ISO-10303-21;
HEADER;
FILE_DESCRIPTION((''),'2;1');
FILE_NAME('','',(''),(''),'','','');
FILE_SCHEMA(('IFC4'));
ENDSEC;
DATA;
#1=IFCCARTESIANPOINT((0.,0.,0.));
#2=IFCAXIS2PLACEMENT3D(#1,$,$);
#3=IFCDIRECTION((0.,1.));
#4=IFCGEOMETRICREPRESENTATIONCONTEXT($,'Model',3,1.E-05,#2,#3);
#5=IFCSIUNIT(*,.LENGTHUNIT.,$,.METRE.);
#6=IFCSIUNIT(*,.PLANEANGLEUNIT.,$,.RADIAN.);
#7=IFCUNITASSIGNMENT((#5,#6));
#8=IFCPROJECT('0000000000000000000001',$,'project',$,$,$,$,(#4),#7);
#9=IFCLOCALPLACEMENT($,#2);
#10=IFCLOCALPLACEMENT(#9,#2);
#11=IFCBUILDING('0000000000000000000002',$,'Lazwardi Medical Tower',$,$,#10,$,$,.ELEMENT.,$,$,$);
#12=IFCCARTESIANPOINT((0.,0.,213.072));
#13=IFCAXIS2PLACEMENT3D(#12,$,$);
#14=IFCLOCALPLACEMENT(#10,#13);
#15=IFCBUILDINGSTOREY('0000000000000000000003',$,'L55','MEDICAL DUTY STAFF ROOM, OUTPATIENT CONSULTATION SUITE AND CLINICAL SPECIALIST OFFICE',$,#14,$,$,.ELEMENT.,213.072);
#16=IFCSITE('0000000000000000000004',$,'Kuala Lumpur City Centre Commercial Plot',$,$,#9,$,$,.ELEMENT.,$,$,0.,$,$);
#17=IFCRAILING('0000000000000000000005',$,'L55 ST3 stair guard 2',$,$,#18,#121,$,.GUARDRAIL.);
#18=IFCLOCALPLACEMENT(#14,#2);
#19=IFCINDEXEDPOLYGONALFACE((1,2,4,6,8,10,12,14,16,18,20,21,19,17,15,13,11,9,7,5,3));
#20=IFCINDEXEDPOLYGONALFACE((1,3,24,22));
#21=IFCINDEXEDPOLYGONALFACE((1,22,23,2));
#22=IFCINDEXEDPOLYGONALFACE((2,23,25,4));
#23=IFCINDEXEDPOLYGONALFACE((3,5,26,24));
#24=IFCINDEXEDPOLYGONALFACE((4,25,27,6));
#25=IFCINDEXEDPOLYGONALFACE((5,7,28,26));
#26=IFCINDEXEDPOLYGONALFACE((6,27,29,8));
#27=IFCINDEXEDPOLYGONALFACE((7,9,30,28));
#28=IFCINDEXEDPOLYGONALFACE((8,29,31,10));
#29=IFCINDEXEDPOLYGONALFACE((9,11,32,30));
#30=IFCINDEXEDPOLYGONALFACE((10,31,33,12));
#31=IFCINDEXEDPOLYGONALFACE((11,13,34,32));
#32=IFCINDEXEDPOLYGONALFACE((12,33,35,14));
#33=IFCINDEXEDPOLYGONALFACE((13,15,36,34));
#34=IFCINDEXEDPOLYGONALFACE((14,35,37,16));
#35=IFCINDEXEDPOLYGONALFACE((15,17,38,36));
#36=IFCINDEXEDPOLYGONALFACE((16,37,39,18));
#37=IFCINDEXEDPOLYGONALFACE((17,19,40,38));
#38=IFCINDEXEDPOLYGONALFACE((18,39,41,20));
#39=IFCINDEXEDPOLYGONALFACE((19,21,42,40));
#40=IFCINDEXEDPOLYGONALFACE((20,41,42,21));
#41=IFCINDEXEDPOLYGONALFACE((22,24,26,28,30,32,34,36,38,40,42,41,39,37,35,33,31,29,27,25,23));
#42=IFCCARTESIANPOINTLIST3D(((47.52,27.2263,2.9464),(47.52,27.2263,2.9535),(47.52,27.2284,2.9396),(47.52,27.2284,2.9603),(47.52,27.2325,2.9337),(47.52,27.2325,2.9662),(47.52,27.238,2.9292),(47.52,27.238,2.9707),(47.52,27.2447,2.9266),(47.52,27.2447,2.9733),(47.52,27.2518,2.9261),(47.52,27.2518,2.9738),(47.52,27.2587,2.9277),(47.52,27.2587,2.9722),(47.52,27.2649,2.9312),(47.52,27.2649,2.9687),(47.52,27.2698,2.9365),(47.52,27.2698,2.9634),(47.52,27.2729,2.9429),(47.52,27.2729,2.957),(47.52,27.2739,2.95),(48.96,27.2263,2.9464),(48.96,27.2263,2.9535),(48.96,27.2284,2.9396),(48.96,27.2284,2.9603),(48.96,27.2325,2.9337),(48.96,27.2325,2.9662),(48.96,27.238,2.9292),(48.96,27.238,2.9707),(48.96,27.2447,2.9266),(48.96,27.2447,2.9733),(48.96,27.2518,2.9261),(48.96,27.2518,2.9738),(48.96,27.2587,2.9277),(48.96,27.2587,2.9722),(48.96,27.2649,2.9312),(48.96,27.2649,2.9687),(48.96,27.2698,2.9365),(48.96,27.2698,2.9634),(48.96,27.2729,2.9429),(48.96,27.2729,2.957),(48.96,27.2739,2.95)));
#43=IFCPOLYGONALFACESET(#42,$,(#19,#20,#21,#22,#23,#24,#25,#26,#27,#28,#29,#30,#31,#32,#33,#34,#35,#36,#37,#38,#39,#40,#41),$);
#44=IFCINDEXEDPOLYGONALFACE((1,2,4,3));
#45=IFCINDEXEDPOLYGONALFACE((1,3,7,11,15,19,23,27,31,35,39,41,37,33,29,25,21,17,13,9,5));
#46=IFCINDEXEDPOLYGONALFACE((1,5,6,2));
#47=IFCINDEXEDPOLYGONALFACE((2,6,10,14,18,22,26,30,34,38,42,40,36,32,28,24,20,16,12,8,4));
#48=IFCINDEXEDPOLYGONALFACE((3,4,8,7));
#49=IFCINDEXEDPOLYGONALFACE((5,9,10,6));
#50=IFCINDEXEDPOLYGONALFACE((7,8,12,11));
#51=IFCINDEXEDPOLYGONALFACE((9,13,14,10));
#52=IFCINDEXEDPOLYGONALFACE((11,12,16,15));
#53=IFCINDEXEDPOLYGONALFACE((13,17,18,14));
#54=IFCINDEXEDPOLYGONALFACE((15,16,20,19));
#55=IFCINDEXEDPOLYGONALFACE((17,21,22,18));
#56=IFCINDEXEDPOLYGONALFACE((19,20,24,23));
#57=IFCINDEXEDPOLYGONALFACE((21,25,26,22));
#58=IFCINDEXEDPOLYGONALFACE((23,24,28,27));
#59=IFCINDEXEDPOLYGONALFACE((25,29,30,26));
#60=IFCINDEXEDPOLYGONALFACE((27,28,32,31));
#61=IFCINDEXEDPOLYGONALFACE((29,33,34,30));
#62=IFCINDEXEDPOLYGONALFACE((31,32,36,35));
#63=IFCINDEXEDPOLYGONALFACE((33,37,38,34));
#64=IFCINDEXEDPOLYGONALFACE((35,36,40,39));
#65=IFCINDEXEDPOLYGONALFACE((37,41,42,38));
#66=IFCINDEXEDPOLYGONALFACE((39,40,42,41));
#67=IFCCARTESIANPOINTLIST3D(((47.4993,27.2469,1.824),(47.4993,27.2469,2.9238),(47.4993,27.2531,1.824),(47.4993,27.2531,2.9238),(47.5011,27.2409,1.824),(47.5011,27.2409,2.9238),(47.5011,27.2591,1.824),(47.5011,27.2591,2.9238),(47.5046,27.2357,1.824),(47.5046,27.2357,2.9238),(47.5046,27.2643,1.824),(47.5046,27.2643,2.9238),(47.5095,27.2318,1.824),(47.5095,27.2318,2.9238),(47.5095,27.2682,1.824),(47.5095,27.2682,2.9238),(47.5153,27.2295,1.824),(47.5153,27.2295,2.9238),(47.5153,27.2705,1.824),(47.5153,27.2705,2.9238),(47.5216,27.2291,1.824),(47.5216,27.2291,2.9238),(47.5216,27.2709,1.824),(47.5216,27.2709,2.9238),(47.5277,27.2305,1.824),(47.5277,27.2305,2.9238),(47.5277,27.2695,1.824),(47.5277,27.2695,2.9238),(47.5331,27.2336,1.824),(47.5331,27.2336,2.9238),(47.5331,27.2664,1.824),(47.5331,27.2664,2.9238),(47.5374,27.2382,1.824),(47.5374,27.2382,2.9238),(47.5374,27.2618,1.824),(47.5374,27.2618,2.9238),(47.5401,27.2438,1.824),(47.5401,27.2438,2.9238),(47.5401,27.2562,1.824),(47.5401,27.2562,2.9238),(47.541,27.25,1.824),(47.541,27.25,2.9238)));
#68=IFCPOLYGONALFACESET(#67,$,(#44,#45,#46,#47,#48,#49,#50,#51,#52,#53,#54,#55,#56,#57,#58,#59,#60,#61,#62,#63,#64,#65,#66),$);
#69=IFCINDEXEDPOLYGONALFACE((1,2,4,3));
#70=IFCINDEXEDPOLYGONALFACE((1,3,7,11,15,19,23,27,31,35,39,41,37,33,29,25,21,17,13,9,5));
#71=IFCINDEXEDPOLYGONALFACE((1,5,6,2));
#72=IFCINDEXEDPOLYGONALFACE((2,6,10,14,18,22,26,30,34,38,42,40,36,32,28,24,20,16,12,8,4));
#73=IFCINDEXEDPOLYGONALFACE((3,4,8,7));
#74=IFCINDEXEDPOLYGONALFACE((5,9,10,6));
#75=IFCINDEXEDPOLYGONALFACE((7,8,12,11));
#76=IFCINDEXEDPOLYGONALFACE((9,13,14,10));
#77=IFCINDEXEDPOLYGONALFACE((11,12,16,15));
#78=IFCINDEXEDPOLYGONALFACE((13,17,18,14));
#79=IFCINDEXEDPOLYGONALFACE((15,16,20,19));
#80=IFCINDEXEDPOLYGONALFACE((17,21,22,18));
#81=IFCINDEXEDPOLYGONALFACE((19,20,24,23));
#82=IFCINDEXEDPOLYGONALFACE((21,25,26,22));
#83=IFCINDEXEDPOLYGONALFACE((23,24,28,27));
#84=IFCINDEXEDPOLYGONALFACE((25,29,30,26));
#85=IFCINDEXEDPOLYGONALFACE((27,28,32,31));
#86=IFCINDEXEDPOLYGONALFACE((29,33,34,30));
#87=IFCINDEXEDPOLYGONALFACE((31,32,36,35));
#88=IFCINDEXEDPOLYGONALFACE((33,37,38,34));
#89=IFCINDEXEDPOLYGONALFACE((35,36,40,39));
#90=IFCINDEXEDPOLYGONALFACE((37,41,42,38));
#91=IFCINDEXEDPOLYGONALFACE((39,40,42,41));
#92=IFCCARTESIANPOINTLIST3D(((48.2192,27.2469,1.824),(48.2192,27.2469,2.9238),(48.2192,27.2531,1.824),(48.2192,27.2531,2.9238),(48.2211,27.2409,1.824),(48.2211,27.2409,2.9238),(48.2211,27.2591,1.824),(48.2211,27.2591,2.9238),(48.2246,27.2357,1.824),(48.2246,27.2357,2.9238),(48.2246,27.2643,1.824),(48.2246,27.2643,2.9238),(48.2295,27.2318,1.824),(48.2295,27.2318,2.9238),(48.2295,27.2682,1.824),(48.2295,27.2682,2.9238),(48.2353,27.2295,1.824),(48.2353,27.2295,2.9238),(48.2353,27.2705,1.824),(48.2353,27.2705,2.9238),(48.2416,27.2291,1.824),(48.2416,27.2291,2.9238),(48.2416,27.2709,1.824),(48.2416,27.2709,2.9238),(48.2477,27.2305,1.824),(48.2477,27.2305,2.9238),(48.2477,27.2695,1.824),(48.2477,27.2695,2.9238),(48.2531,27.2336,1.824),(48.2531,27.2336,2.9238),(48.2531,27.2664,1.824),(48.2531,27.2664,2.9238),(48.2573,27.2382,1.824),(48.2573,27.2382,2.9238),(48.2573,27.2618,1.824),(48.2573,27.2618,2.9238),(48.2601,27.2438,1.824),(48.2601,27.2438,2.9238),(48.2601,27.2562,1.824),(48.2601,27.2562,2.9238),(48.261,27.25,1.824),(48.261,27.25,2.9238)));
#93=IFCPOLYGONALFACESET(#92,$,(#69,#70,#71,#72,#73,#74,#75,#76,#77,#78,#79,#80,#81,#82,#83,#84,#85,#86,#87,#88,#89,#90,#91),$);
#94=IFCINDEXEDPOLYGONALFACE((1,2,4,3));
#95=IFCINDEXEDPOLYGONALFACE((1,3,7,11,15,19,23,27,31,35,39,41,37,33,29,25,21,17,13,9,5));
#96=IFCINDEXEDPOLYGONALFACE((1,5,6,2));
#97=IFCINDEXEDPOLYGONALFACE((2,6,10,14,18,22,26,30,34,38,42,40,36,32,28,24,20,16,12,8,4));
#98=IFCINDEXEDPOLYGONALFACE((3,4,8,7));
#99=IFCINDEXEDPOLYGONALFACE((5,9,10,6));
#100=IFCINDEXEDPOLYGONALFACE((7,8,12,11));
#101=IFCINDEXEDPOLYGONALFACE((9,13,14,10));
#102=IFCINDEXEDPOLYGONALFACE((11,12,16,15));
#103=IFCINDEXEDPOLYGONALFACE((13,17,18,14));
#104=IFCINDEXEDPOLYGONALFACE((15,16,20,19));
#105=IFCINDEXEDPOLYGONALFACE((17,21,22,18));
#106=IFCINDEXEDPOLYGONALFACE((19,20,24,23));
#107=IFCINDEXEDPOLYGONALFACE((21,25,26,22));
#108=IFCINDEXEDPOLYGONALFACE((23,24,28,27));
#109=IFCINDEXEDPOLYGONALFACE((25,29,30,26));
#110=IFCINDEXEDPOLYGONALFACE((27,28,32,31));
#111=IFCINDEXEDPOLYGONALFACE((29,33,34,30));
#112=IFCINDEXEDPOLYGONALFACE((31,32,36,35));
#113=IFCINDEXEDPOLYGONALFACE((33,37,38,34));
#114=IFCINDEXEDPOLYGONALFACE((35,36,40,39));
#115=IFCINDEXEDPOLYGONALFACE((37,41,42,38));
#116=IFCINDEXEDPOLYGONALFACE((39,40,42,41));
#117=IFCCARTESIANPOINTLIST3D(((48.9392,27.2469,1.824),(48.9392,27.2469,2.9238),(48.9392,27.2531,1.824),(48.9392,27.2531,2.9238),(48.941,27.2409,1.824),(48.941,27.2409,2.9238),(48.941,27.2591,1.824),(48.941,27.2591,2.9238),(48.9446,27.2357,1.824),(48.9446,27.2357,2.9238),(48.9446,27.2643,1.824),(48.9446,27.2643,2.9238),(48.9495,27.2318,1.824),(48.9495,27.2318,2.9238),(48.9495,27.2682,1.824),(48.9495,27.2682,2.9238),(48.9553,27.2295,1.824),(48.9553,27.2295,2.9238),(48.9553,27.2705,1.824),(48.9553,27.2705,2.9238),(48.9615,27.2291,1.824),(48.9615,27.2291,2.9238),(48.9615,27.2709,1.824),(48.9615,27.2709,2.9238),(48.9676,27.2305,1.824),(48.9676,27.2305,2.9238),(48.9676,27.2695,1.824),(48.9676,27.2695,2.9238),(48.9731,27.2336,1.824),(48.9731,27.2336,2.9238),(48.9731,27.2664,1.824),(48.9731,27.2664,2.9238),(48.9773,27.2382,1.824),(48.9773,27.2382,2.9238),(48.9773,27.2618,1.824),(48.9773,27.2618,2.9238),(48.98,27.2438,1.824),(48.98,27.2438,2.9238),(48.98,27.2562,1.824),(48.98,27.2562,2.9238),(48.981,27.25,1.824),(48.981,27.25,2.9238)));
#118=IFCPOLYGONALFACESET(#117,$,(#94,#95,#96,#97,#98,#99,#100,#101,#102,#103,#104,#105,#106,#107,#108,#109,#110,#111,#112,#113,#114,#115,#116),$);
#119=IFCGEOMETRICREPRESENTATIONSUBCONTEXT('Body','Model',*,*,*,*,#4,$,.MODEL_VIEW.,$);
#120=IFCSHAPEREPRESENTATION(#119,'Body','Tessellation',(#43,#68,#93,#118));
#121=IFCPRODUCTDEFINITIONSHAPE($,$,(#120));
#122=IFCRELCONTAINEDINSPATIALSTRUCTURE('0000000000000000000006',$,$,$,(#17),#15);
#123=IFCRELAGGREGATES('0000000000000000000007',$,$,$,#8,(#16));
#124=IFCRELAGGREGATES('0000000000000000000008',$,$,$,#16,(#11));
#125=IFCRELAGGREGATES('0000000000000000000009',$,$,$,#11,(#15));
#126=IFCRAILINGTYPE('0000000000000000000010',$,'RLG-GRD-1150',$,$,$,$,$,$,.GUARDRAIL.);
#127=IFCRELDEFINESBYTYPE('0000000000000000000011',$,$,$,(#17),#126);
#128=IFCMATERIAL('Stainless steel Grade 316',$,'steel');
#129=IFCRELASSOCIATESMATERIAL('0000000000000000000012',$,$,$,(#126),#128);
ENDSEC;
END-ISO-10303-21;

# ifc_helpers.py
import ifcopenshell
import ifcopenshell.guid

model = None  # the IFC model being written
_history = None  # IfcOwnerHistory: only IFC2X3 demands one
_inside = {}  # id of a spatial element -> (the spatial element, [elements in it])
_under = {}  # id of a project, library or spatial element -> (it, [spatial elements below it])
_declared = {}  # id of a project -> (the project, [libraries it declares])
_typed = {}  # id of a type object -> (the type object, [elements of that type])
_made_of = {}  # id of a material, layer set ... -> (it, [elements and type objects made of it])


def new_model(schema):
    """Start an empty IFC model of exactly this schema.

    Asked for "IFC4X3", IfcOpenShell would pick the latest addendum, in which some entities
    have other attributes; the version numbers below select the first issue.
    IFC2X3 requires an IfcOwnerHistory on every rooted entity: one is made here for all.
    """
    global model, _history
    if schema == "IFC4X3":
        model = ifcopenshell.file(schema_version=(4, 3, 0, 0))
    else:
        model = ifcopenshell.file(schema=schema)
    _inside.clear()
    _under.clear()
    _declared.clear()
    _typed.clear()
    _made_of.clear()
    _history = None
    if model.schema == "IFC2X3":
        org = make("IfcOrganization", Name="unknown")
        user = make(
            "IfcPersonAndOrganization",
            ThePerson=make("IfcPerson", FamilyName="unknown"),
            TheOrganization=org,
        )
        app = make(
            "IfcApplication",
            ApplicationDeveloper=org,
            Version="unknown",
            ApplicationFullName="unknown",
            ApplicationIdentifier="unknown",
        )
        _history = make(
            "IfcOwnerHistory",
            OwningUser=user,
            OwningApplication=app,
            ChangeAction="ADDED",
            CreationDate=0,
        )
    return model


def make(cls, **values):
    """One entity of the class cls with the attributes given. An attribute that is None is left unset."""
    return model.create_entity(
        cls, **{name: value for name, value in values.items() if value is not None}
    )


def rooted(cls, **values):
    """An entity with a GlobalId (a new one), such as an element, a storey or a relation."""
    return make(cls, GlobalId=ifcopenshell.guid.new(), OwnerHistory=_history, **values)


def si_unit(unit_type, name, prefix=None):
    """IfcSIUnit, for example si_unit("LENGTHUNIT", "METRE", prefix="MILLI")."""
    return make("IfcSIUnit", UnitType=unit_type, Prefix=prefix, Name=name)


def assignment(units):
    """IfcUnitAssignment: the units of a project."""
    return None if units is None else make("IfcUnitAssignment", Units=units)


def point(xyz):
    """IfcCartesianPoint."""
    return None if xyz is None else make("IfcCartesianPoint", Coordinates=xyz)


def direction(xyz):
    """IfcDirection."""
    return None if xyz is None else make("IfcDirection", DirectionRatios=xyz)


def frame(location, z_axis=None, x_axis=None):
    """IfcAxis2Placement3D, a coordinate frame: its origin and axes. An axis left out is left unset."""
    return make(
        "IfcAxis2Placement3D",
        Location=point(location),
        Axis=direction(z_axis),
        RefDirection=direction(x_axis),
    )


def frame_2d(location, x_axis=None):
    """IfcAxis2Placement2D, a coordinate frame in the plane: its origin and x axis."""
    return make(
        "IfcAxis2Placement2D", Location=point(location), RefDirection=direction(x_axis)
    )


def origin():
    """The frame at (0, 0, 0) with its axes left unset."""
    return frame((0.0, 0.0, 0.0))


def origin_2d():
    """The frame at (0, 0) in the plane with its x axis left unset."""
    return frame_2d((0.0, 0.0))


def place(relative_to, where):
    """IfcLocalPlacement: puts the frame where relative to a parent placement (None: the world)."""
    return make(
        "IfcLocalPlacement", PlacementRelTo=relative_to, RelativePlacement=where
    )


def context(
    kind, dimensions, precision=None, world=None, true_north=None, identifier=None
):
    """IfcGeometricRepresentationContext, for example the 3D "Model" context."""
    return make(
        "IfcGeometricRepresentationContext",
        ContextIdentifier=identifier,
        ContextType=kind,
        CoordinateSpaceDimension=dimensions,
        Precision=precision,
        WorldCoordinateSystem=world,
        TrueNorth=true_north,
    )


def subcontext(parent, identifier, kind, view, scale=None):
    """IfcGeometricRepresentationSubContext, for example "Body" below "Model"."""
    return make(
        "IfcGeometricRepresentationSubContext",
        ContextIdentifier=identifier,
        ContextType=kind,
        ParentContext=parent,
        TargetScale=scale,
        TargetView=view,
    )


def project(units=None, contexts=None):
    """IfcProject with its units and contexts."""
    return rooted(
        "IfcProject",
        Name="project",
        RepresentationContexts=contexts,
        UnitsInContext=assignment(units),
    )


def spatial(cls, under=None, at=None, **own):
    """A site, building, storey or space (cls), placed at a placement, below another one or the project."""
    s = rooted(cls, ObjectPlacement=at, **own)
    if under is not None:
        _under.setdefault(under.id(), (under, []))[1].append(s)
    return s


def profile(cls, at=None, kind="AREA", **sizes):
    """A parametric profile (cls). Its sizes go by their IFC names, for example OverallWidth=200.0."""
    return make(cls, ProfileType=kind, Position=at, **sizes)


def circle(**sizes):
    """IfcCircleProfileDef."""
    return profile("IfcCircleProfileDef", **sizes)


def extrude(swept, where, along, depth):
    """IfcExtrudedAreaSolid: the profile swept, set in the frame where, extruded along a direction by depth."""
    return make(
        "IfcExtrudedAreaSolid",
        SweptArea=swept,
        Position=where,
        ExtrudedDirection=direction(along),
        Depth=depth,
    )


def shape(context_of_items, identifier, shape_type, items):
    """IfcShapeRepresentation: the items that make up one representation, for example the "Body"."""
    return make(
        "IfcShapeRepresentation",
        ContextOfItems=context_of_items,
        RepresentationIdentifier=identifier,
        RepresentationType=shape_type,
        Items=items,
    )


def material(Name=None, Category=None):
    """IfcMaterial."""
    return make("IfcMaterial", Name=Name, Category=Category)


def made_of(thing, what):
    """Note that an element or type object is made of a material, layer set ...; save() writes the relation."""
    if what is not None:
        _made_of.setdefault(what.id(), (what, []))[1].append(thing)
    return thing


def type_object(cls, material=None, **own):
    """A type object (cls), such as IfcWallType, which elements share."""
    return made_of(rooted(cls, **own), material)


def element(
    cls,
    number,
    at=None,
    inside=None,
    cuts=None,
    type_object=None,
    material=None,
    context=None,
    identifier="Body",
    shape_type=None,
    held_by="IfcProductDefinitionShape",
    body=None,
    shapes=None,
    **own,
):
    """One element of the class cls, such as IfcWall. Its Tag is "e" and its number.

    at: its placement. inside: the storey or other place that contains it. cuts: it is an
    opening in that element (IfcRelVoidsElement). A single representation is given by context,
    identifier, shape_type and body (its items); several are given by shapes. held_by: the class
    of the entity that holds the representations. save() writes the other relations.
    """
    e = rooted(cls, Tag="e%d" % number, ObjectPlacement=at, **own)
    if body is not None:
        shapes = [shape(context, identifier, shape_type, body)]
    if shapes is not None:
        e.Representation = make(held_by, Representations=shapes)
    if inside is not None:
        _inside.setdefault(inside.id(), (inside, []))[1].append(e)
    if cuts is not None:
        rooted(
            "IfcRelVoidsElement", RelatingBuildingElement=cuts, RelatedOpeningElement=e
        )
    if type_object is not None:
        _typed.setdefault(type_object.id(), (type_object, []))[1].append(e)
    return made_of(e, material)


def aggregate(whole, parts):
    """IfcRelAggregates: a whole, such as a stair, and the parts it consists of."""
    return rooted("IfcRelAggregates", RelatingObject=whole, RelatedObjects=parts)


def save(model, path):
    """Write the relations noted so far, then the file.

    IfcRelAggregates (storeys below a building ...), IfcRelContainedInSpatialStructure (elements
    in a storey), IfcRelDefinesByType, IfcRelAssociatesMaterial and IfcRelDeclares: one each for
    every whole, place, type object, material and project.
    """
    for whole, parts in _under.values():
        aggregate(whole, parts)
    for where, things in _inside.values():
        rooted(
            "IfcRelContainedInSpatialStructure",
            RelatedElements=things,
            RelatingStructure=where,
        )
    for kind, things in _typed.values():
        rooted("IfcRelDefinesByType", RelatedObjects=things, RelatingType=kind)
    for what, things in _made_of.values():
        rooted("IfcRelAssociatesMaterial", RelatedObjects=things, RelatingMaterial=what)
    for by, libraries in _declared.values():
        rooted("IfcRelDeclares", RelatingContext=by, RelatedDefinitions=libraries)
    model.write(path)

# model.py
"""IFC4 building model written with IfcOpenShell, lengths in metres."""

from ifc_helpers import new_model, si_unit, direction, frame, origin, origin_2d, place, context, subcontext, project, spatial, circle, extrude, material, type_object, element, save


model = new_model("IFC4")

# Units and contexts
model_context = context("Model", 3, precision=1e-05, world=origin(), true_north=direction((0.0, 1.0)))
body_context = subcontext(model_context, "Body", "Model", "MODEL_VIEW")
ifc_project = project(units=[si_unit("LENGTHUNIT", "METRE"), si_unit("PLANEANGLEUNIT", "RADIAN")], contexts=[model_context])

# Site, building, storey
site_placement = place(None, origin())
site = spatial("IfcSite", under=ifc_project, at=site_placement, Name="Kuala Lumpur City Centre Commercial Plot", CompositionType="ELEMENT", RefElevation=0.0)
building_placement = place(site_placement, origin())
building = spatial("IfcBuilding", under=site, at=building_placement, Name="Lazwardi Medical Tower", CompositionType="ELEMENT")
storey_placement = place(building_placement, frame((0.0, 0.0, 213.072)))
storey = spatial("IfcBuildingStorey", under=building, at=storey_placement, Name="L55", Description="MEDICAL DUTY STAFF ROOM, OUTPATIENT CONSULTATION SUITE AND CLINICAL SPECIALIST OFFICE", CompositionType="ELEMENT", Elevation=213.072)

# Railing
ifc_material_1 = material(Name="Stainless steel Grade 316", Category="steel")
railing_type_1 = type_object("IfcRailingType", Name="RLG-GRD-1150", PredefinedType="GUARDRAIL", material=ifc_material_1)
railing_1_placement = place(storey_placement, frame((47.52, 27.25, 1.824)))
element("IfcRailing", 1, at=railing_1_placement, inside=storey, type_object=railing_type_1, Name="L55 ST3 stair guard 2", PredefinedType="GUARDRAIL", context=body_context, shape_type="SweptSolid", body=[
    extrude(circle(Radius=0.0239, at=origin_2d()), frame((0.0, 0.0, 1.126), z_axis=(1.0, 0.0, 0.0), x_axis=(0.0, 1.0, 0.0)), (0.0, 0.0, 1.0), 1.4399),
    extrude(circle(Radius=0.021, at=origin_2d()), origin(), (0.0, 0.0, 1.0), 1.0999),
    extrude(circle(Radius=0.021, at=origin_2d()), frame((0.72, 0.0, 0.0)), (0.0, 0.0, 1.0), 1.0999),
    extrude(circle(Radius=0.021, at=origin_2d()), frame((1.4399, 0.0, 0.0)), (0.0, 0.0, 1.0), 1.0999),
])

save(model, "model.ifc")
